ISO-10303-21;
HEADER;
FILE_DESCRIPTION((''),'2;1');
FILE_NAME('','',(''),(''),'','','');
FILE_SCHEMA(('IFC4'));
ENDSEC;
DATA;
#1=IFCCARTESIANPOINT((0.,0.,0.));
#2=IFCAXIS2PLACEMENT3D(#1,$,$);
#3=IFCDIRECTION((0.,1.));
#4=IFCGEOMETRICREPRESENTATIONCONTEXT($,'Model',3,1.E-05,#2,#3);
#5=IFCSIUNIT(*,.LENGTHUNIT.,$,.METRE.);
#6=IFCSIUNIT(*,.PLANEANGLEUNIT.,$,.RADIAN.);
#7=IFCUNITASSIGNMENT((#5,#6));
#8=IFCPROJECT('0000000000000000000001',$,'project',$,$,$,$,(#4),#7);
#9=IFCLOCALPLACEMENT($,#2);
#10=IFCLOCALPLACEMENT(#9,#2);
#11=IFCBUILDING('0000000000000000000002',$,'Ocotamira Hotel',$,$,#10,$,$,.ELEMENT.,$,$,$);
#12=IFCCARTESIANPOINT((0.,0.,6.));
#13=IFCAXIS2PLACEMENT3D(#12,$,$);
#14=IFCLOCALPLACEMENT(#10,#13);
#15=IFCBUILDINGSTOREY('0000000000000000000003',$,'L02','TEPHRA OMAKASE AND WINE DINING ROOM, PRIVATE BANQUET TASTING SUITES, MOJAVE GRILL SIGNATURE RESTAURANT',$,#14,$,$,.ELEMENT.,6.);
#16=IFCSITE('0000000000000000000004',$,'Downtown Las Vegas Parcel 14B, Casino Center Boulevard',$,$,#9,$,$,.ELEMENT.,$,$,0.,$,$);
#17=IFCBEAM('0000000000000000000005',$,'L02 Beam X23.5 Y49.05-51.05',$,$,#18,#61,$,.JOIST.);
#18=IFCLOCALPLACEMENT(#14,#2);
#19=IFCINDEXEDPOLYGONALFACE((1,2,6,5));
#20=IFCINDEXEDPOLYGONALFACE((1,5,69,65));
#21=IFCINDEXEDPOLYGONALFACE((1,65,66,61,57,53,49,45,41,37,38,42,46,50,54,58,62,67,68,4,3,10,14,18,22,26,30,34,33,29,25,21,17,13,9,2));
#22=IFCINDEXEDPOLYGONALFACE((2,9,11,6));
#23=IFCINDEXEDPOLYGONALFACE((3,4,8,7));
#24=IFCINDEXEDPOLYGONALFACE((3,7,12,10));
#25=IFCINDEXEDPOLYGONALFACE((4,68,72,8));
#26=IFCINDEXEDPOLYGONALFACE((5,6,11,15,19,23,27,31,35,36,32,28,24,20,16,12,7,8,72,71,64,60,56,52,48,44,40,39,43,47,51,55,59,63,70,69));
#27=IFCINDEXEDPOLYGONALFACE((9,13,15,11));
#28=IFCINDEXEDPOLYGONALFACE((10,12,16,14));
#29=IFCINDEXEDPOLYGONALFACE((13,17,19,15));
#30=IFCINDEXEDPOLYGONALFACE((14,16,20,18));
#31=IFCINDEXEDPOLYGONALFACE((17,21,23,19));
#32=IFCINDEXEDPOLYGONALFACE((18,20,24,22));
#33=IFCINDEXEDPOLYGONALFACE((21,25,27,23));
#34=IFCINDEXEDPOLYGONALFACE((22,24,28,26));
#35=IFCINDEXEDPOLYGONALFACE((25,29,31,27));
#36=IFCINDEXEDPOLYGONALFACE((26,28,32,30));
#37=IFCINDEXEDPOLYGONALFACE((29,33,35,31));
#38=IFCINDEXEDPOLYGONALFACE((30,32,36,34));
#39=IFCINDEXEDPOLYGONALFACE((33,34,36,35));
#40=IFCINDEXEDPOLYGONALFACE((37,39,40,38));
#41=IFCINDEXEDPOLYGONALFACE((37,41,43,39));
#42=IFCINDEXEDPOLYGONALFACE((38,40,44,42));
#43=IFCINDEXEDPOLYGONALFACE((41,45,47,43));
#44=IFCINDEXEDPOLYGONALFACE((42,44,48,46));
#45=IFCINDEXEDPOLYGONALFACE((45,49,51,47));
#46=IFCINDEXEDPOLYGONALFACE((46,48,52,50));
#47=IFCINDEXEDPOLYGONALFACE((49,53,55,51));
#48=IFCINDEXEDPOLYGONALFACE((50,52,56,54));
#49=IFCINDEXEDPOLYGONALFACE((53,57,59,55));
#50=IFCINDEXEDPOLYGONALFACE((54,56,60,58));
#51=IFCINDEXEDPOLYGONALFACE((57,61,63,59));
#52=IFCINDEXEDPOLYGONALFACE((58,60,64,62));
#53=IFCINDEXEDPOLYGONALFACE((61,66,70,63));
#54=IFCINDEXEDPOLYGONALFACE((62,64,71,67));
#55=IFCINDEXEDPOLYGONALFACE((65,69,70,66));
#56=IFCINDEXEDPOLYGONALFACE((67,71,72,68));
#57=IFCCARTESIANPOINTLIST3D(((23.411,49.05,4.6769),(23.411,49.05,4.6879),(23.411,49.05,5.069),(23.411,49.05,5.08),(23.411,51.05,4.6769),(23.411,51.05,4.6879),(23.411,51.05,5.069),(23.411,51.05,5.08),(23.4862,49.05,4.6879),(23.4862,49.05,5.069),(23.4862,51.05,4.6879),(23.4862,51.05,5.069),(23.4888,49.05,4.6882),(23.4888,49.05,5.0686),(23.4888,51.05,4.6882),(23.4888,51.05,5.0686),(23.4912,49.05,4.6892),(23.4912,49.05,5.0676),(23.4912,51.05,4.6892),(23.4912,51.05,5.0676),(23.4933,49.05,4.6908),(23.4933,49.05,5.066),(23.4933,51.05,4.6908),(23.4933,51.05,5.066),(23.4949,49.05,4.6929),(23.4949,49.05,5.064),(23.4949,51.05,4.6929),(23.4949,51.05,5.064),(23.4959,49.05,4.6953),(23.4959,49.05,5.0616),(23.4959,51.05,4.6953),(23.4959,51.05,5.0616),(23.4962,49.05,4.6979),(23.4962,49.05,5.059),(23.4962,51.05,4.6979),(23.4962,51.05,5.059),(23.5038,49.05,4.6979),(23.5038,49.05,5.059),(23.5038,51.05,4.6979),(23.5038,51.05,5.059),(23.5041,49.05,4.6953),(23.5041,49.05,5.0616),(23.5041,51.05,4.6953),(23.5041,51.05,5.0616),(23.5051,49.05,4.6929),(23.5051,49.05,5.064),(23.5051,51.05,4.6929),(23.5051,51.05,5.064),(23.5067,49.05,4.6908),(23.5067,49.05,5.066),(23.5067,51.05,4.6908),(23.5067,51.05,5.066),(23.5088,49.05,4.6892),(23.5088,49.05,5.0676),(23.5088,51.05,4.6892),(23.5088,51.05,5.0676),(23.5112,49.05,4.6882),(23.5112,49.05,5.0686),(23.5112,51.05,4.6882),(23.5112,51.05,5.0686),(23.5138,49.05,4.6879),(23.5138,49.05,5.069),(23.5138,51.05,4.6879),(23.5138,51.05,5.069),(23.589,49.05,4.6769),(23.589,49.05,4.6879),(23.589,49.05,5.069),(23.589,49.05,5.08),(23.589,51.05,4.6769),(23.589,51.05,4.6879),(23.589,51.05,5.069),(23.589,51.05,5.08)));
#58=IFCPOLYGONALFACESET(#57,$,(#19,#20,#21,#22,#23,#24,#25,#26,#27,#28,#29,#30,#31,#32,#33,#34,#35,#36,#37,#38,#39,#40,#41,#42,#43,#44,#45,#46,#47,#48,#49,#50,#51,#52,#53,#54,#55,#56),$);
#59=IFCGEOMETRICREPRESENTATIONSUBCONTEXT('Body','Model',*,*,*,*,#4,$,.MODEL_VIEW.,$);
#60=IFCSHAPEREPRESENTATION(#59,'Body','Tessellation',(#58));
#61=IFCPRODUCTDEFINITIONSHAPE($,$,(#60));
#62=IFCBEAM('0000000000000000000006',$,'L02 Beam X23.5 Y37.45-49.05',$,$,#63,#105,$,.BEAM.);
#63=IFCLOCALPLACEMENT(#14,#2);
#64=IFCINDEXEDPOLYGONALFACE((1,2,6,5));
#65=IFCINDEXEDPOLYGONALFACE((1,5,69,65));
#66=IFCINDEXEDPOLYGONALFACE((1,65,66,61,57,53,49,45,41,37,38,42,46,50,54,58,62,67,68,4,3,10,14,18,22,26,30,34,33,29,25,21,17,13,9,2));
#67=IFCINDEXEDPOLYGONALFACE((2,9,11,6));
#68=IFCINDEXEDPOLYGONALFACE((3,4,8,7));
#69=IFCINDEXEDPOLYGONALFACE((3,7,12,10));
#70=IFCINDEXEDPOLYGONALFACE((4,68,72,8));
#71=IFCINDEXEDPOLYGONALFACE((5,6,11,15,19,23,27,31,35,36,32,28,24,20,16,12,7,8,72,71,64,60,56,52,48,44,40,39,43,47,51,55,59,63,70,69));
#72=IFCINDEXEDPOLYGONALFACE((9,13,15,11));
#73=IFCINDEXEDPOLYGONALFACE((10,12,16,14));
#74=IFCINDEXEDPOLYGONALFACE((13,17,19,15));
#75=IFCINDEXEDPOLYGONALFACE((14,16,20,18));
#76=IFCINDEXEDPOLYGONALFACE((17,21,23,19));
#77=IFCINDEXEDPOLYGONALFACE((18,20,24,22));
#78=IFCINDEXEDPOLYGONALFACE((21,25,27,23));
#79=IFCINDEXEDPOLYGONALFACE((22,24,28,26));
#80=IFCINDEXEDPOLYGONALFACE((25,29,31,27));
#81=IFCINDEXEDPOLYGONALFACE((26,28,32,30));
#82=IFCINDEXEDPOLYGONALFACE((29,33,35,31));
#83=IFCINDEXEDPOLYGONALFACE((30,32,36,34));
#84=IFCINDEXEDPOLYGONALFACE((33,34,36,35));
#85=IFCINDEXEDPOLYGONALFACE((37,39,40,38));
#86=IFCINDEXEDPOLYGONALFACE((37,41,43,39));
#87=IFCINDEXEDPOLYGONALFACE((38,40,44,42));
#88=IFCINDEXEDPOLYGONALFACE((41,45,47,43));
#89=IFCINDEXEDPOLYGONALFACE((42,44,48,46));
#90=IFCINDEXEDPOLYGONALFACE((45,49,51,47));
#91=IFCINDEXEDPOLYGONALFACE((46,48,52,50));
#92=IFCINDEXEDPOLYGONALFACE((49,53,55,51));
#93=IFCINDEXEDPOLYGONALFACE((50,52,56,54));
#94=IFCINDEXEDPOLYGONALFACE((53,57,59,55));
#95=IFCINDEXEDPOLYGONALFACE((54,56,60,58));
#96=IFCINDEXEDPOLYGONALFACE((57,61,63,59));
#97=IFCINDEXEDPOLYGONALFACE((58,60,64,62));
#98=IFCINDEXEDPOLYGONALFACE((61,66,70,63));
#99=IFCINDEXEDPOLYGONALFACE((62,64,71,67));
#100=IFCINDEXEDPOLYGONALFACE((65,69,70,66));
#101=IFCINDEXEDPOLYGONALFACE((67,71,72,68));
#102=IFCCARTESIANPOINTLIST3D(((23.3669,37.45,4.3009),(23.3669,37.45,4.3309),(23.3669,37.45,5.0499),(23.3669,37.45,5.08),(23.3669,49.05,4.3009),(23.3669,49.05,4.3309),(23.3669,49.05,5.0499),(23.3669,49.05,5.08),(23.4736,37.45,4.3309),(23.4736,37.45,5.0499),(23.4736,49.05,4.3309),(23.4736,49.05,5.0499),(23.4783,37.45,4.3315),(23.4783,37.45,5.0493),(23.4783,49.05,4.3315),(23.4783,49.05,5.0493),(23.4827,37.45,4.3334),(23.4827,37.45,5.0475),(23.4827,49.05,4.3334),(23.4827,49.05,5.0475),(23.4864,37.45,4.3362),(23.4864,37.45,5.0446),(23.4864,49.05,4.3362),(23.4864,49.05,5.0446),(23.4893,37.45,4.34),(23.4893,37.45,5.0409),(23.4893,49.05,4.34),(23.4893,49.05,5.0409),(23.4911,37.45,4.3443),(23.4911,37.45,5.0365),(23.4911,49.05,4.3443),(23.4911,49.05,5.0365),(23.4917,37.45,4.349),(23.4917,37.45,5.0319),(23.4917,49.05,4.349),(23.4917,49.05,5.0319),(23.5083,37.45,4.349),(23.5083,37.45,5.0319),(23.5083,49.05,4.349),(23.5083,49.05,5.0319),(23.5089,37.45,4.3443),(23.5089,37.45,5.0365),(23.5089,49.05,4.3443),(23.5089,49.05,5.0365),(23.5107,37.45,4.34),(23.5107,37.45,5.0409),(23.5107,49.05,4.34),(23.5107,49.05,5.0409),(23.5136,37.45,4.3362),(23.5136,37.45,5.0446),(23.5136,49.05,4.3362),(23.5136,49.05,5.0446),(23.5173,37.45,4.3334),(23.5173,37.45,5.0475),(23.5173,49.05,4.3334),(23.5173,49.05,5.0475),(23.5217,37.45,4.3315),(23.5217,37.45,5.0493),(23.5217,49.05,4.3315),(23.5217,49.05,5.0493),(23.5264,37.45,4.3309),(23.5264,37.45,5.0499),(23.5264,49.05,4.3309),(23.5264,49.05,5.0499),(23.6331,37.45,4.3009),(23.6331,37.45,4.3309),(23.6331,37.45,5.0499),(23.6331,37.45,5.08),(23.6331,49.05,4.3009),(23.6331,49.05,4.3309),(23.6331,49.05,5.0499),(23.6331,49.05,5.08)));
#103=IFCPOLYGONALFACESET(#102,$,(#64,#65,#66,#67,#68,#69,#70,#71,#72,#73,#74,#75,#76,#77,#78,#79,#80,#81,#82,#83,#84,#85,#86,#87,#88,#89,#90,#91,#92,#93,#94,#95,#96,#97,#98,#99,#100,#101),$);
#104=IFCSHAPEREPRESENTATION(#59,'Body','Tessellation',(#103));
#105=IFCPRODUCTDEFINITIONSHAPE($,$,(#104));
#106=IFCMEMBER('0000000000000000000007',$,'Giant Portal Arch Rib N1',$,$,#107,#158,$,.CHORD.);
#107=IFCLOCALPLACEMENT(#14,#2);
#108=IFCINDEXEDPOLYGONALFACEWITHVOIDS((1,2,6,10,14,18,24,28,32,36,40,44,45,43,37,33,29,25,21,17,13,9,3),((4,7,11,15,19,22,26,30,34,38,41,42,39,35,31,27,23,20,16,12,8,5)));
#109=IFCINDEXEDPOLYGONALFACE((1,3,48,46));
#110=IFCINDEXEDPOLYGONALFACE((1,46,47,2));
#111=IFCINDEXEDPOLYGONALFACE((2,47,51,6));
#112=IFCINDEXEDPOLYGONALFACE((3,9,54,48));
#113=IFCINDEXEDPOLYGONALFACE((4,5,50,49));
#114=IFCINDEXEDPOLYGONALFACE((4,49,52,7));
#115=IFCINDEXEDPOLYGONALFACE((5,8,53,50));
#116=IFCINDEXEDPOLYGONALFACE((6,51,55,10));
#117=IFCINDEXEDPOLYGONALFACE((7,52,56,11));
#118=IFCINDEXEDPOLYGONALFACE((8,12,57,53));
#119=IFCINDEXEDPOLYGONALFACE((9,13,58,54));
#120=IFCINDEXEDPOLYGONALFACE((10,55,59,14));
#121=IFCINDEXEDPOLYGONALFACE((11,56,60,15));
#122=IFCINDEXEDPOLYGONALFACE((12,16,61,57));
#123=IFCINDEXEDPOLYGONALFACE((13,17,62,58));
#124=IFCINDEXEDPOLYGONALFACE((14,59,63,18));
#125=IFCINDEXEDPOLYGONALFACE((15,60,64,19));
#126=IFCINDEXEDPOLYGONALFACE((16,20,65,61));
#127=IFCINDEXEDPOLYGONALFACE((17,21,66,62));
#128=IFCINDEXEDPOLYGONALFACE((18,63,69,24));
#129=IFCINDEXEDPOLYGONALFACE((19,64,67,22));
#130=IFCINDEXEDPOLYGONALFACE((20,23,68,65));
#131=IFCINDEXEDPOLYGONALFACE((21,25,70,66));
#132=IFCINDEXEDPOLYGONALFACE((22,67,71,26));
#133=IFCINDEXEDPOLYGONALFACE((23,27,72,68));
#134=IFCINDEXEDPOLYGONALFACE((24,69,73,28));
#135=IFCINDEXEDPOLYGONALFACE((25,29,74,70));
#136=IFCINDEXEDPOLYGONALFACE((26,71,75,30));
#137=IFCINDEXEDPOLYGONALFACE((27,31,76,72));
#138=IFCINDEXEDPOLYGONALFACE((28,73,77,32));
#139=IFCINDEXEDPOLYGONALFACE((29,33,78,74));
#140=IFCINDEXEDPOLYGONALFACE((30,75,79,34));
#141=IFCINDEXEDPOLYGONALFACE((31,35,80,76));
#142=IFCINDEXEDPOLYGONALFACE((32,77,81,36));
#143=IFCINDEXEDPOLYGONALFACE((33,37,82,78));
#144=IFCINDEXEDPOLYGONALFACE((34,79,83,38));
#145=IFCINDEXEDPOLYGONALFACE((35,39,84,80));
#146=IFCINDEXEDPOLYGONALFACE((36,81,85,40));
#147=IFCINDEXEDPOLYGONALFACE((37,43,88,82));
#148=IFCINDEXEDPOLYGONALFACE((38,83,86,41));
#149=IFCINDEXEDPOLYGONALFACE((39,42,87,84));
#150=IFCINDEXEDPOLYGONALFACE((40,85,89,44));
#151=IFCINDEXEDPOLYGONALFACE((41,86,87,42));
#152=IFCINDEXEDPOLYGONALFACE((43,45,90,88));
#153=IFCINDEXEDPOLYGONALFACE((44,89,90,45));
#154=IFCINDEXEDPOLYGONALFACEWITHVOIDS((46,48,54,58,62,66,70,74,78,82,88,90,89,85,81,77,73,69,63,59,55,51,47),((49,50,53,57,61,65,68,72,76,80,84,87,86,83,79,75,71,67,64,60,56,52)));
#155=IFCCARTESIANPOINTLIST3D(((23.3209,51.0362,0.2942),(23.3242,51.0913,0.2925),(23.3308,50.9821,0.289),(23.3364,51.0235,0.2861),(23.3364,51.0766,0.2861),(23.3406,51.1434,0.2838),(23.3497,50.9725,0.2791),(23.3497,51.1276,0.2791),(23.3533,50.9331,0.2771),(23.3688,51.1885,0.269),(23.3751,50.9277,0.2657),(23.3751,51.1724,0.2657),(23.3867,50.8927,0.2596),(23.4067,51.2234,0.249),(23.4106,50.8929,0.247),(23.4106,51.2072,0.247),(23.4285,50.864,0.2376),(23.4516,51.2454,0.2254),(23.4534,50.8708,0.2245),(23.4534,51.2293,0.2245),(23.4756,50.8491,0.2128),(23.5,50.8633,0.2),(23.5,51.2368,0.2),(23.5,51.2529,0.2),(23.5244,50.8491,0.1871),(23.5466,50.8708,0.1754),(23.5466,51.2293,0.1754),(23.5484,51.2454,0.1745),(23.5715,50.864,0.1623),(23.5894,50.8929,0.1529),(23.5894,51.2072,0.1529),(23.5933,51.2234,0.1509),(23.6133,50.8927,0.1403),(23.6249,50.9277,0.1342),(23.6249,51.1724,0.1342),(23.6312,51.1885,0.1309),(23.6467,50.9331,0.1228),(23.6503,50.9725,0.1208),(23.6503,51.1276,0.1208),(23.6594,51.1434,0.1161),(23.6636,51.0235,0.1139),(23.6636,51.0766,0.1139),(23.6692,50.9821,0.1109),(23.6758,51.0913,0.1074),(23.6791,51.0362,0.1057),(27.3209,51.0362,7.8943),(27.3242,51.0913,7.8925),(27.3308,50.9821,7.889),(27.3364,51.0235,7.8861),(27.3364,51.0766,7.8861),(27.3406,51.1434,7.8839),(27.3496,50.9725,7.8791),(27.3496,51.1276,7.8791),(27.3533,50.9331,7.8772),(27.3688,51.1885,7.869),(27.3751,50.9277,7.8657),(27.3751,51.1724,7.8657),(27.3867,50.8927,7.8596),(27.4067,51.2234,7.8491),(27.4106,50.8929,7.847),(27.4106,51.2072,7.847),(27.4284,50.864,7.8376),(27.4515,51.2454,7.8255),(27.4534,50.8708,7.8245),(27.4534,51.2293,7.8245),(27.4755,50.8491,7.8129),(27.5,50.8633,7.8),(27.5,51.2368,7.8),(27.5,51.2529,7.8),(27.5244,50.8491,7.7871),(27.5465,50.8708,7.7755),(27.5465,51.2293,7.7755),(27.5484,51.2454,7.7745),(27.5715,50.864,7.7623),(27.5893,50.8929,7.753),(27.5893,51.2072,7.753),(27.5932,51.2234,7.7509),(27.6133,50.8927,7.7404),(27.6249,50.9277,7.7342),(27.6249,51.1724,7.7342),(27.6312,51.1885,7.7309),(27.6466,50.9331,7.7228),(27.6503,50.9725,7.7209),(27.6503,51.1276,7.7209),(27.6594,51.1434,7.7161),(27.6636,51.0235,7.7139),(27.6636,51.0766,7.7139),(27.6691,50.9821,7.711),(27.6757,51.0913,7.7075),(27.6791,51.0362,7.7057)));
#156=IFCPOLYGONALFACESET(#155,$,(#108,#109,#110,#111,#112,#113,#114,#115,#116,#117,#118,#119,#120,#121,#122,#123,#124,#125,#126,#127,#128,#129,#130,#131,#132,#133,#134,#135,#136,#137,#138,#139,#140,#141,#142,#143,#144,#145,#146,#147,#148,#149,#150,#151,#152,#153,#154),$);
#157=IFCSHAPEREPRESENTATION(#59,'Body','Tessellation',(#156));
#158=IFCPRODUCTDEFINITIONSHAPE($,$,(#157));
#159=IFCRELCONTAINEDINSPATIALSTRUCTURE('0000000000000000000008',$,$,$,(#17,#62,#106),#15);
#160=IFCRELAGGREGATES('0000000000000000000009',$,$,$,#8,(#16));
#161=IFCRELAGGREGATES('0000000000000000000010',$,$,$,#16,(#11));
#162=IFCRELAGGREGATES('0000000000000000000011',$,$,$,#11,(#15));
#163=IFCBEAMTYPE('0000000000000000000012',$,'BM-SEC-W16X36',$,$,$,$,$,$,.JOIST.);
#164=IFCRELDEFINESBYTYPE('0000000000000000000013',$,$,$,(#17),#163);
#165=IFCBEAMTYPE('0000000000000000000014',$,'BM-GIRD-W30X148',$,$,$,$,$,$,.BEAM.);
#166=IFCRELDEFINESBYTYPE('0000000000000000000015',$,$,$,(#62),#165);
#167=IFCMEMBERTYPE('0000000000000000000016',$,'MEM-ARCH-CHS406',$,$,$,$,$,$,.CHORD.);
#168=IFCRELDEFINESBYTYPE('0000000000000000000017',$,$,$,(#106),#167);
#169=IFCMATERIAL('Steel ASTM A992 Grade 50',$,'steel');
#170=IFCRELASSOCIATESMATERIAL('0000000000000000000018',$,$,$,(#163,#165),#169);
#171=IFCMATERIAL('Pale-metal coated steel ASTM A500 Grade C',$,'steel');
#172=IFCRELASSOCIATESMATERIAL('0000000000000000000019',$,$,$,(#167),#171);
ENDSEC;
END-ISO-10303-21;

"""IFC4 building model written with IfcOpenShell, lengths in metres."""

from ifc_helpers import new_model, si_unit, direction, frame, origin, origin_2d, place, context, subcontext, project, spatial, hollow_circle, i_section, extrude, source, transform, mapped, material, material_profile, profile_set, type_object, element, save


model = new_model("IFC4")

# Units and contexts
model_context = context("Model", 3, precision=1e-05, world=origin(), true_north=direction((0.0, 1.0)))
body_context = subcontext(model_context, "Body", "Model", "MODEL_VIEW")
ifc_project = project(units=[si_unit("LENGTHUNIT", "METRE"), si_unit("PLANEANGLEUNIT", "RADIAN")], contexts=[model_context])

# Site, building, storey
site_placement = place(None, origin())
site = spatial("IfcSite", under=ifc_project, at=site_placement, Name="Downtown Las Vegas Parcel 14B, Casino Center Boulevard", CompositionType="ELEMENT", RefElevation=0.0)
building_placement = place(site_placement, origin())
building = spatial("IfcBuilding", under=site, at=building_placement, Name="Ocotamira Hotel", CompositionType="ELEMENT")
storey_placement = place(building_placement, frame((0.0, 0.0, 6.0)))
storey = spatial("IfcBuildingStorey", under=building, at=storey_placement, Name="L02", Description="TEPHRA OMAKASE AND WINE DINING ROOM, PRIVATE BANQUET TASTING SUITES, MOJAVE GRILL SIGNATURE RESTAURANT", CompositionType="ELEMENT", Elevation=6.0)

# Beams
ifc_material_1 = material(Name="Steel ASTM A992 Grade 50", Category="steel")
ifc_material_profile_1 = material_profile(ifc_material_1, i_section(OverallWidth=0.178, OverallDepth=0.4031, WebThickness=0.0076, FlangeThickness=0.011, FilletRadius=0.01, at=origin_2d()), Name="W16X36")
ifc_profile_set_1 = profile_set([ifc_material_profile_1], Name="Steel ASTM A992 Grade 50")
beam_type_1 = type_object("IfcBeamType", Name="BM-SEC-W16X36", PredefinedType="JOIST", material=ifc_profile_set_1)
shared_shape_1 = source(origin(), body_context, "Body", "SweptSolid", [
    extrude(i_section(OverallWidth=0.178, OverallDepth=0.4031, WebThickness=0.0076, FlangeThickness=0.011, FilletRadius=0.01, at=origin_2d()), origin(), (0.0, 0.0, 1.0), 2.0),
])
beam_1_placement = place(storey_placement, frame((23.5, 49.05, 4.8784), z_axis=(0.0, 1.0, 0.0), x_axis=(-1.0, 0.0, 0.0)))
element("IfcBeam", 1, at=beam_1_placement, inside=storey, type_object=beam_type_1, Name="L02 Beam X23.5 Y49.05-51.05", PredefinedType="JOIST", context=body_context, shape_type="MappedRepresentation", body=[
    mapped(shared_shape_1, transform((0.0, 0.0, 0.0), scale=1.0)),
])
ifc_material_profile_2 = material_profile(ifc_material_1, i_section(OverallWidth=0.2661, OverallDepth=0.7791, WebThickness=0.0166, FlangeThickness=0.03, FilletRadius=0.0181, at=origin_2d()), Name="W30X148")
ifc_profile_set_2 = profile_set([ifc_material_profile_2], Name="Steel ASTM A992 Grade 50")
beam_type_2 = type_object("IfcBeamType", Name="BM-GIRD-W30X148", PredefinedType="BEAM", material=ifc_profile_set_2)
shared_shape_2 = source(origin(), body_context, "Body", "SweptSolid", [
    extrude(i_section(OverallWidth=0.2661, OverallDepth=0.7791, WebThickness=0.0166, FlangeThickness=0.03, FilletRadius=0.0181, at=origin_2d()), origin(), (0.0, 0.0, 1.0), 11.6001),
])
beam_2_placement = place(storey_placement, frame((23.5, 37.45, 4.6904), z_axis=(0.0, 1.0, 0.0), x_axis=(-1.0, 0.0, 0.0)))
element("IfcBeam", 2, at=beam_2_placement, inside=storey, type_object=beam_type_2, Name="L02 Beam X23.5 Y37.45-49.05", PredefinedType="BEAM", context=body_context, shape_type="MappedRepresentation", body=[
    mapped(shared_shape_2, transform((0.0, 0.0, 0.0), scale=1.0)),
])

# Member
ifc_material_2 = material(Name="Pale-metal coated steel ASTM A500 Grade C", Category="steel")
ifc_material_profile_3 = material_profile(ifc_material_2, hollow_circle(Radius=0.2029, WallThickness=0.0161, at=origin_2d()), Name="CHS406X16")
ifc_profile_set_3 = profile_set([ifc_material_profile_3], Name="Pale-metal coated steel ASTM A500 Grade C")
member_type_1 = type_object("IfcMemberType", Name="MEM-ARCH-CHS406", PredefinedType="CHORD", material=ifc_profile_set_3)
shared_shape_3 = source(origin(), body_context, "Body", "SweptSolid", [
    extrude(hollow_circle(Radius=0.2029, WallThickness=0.0161, at=origin_2d()), origin(), (0.0, 0.0, 1.0), 8.5884),
])
for number, where, z_axis, x_axis, name in (
    (3, (23.5, 51.05, 0.2), (0.465742, 0.0, 0.884921), (0.0, 1.0, 0.0), "Giant Portal Arch Rib N1"),
):
    element("IfcMember", number, at=place(storey_placement, frame(where, z_axis=z_axis, x_axis=x_axis)), inside=storey, type_object=member_type_1, Name=name, PredefinedType="CHORD", context=body_context, shape_type="MappedRepresentation", body=[
        mapped(shared_shape_3, transform((0.0, 0.0, 0.0), scale=1.0)),
    ])

save(model, "model.ifc")
